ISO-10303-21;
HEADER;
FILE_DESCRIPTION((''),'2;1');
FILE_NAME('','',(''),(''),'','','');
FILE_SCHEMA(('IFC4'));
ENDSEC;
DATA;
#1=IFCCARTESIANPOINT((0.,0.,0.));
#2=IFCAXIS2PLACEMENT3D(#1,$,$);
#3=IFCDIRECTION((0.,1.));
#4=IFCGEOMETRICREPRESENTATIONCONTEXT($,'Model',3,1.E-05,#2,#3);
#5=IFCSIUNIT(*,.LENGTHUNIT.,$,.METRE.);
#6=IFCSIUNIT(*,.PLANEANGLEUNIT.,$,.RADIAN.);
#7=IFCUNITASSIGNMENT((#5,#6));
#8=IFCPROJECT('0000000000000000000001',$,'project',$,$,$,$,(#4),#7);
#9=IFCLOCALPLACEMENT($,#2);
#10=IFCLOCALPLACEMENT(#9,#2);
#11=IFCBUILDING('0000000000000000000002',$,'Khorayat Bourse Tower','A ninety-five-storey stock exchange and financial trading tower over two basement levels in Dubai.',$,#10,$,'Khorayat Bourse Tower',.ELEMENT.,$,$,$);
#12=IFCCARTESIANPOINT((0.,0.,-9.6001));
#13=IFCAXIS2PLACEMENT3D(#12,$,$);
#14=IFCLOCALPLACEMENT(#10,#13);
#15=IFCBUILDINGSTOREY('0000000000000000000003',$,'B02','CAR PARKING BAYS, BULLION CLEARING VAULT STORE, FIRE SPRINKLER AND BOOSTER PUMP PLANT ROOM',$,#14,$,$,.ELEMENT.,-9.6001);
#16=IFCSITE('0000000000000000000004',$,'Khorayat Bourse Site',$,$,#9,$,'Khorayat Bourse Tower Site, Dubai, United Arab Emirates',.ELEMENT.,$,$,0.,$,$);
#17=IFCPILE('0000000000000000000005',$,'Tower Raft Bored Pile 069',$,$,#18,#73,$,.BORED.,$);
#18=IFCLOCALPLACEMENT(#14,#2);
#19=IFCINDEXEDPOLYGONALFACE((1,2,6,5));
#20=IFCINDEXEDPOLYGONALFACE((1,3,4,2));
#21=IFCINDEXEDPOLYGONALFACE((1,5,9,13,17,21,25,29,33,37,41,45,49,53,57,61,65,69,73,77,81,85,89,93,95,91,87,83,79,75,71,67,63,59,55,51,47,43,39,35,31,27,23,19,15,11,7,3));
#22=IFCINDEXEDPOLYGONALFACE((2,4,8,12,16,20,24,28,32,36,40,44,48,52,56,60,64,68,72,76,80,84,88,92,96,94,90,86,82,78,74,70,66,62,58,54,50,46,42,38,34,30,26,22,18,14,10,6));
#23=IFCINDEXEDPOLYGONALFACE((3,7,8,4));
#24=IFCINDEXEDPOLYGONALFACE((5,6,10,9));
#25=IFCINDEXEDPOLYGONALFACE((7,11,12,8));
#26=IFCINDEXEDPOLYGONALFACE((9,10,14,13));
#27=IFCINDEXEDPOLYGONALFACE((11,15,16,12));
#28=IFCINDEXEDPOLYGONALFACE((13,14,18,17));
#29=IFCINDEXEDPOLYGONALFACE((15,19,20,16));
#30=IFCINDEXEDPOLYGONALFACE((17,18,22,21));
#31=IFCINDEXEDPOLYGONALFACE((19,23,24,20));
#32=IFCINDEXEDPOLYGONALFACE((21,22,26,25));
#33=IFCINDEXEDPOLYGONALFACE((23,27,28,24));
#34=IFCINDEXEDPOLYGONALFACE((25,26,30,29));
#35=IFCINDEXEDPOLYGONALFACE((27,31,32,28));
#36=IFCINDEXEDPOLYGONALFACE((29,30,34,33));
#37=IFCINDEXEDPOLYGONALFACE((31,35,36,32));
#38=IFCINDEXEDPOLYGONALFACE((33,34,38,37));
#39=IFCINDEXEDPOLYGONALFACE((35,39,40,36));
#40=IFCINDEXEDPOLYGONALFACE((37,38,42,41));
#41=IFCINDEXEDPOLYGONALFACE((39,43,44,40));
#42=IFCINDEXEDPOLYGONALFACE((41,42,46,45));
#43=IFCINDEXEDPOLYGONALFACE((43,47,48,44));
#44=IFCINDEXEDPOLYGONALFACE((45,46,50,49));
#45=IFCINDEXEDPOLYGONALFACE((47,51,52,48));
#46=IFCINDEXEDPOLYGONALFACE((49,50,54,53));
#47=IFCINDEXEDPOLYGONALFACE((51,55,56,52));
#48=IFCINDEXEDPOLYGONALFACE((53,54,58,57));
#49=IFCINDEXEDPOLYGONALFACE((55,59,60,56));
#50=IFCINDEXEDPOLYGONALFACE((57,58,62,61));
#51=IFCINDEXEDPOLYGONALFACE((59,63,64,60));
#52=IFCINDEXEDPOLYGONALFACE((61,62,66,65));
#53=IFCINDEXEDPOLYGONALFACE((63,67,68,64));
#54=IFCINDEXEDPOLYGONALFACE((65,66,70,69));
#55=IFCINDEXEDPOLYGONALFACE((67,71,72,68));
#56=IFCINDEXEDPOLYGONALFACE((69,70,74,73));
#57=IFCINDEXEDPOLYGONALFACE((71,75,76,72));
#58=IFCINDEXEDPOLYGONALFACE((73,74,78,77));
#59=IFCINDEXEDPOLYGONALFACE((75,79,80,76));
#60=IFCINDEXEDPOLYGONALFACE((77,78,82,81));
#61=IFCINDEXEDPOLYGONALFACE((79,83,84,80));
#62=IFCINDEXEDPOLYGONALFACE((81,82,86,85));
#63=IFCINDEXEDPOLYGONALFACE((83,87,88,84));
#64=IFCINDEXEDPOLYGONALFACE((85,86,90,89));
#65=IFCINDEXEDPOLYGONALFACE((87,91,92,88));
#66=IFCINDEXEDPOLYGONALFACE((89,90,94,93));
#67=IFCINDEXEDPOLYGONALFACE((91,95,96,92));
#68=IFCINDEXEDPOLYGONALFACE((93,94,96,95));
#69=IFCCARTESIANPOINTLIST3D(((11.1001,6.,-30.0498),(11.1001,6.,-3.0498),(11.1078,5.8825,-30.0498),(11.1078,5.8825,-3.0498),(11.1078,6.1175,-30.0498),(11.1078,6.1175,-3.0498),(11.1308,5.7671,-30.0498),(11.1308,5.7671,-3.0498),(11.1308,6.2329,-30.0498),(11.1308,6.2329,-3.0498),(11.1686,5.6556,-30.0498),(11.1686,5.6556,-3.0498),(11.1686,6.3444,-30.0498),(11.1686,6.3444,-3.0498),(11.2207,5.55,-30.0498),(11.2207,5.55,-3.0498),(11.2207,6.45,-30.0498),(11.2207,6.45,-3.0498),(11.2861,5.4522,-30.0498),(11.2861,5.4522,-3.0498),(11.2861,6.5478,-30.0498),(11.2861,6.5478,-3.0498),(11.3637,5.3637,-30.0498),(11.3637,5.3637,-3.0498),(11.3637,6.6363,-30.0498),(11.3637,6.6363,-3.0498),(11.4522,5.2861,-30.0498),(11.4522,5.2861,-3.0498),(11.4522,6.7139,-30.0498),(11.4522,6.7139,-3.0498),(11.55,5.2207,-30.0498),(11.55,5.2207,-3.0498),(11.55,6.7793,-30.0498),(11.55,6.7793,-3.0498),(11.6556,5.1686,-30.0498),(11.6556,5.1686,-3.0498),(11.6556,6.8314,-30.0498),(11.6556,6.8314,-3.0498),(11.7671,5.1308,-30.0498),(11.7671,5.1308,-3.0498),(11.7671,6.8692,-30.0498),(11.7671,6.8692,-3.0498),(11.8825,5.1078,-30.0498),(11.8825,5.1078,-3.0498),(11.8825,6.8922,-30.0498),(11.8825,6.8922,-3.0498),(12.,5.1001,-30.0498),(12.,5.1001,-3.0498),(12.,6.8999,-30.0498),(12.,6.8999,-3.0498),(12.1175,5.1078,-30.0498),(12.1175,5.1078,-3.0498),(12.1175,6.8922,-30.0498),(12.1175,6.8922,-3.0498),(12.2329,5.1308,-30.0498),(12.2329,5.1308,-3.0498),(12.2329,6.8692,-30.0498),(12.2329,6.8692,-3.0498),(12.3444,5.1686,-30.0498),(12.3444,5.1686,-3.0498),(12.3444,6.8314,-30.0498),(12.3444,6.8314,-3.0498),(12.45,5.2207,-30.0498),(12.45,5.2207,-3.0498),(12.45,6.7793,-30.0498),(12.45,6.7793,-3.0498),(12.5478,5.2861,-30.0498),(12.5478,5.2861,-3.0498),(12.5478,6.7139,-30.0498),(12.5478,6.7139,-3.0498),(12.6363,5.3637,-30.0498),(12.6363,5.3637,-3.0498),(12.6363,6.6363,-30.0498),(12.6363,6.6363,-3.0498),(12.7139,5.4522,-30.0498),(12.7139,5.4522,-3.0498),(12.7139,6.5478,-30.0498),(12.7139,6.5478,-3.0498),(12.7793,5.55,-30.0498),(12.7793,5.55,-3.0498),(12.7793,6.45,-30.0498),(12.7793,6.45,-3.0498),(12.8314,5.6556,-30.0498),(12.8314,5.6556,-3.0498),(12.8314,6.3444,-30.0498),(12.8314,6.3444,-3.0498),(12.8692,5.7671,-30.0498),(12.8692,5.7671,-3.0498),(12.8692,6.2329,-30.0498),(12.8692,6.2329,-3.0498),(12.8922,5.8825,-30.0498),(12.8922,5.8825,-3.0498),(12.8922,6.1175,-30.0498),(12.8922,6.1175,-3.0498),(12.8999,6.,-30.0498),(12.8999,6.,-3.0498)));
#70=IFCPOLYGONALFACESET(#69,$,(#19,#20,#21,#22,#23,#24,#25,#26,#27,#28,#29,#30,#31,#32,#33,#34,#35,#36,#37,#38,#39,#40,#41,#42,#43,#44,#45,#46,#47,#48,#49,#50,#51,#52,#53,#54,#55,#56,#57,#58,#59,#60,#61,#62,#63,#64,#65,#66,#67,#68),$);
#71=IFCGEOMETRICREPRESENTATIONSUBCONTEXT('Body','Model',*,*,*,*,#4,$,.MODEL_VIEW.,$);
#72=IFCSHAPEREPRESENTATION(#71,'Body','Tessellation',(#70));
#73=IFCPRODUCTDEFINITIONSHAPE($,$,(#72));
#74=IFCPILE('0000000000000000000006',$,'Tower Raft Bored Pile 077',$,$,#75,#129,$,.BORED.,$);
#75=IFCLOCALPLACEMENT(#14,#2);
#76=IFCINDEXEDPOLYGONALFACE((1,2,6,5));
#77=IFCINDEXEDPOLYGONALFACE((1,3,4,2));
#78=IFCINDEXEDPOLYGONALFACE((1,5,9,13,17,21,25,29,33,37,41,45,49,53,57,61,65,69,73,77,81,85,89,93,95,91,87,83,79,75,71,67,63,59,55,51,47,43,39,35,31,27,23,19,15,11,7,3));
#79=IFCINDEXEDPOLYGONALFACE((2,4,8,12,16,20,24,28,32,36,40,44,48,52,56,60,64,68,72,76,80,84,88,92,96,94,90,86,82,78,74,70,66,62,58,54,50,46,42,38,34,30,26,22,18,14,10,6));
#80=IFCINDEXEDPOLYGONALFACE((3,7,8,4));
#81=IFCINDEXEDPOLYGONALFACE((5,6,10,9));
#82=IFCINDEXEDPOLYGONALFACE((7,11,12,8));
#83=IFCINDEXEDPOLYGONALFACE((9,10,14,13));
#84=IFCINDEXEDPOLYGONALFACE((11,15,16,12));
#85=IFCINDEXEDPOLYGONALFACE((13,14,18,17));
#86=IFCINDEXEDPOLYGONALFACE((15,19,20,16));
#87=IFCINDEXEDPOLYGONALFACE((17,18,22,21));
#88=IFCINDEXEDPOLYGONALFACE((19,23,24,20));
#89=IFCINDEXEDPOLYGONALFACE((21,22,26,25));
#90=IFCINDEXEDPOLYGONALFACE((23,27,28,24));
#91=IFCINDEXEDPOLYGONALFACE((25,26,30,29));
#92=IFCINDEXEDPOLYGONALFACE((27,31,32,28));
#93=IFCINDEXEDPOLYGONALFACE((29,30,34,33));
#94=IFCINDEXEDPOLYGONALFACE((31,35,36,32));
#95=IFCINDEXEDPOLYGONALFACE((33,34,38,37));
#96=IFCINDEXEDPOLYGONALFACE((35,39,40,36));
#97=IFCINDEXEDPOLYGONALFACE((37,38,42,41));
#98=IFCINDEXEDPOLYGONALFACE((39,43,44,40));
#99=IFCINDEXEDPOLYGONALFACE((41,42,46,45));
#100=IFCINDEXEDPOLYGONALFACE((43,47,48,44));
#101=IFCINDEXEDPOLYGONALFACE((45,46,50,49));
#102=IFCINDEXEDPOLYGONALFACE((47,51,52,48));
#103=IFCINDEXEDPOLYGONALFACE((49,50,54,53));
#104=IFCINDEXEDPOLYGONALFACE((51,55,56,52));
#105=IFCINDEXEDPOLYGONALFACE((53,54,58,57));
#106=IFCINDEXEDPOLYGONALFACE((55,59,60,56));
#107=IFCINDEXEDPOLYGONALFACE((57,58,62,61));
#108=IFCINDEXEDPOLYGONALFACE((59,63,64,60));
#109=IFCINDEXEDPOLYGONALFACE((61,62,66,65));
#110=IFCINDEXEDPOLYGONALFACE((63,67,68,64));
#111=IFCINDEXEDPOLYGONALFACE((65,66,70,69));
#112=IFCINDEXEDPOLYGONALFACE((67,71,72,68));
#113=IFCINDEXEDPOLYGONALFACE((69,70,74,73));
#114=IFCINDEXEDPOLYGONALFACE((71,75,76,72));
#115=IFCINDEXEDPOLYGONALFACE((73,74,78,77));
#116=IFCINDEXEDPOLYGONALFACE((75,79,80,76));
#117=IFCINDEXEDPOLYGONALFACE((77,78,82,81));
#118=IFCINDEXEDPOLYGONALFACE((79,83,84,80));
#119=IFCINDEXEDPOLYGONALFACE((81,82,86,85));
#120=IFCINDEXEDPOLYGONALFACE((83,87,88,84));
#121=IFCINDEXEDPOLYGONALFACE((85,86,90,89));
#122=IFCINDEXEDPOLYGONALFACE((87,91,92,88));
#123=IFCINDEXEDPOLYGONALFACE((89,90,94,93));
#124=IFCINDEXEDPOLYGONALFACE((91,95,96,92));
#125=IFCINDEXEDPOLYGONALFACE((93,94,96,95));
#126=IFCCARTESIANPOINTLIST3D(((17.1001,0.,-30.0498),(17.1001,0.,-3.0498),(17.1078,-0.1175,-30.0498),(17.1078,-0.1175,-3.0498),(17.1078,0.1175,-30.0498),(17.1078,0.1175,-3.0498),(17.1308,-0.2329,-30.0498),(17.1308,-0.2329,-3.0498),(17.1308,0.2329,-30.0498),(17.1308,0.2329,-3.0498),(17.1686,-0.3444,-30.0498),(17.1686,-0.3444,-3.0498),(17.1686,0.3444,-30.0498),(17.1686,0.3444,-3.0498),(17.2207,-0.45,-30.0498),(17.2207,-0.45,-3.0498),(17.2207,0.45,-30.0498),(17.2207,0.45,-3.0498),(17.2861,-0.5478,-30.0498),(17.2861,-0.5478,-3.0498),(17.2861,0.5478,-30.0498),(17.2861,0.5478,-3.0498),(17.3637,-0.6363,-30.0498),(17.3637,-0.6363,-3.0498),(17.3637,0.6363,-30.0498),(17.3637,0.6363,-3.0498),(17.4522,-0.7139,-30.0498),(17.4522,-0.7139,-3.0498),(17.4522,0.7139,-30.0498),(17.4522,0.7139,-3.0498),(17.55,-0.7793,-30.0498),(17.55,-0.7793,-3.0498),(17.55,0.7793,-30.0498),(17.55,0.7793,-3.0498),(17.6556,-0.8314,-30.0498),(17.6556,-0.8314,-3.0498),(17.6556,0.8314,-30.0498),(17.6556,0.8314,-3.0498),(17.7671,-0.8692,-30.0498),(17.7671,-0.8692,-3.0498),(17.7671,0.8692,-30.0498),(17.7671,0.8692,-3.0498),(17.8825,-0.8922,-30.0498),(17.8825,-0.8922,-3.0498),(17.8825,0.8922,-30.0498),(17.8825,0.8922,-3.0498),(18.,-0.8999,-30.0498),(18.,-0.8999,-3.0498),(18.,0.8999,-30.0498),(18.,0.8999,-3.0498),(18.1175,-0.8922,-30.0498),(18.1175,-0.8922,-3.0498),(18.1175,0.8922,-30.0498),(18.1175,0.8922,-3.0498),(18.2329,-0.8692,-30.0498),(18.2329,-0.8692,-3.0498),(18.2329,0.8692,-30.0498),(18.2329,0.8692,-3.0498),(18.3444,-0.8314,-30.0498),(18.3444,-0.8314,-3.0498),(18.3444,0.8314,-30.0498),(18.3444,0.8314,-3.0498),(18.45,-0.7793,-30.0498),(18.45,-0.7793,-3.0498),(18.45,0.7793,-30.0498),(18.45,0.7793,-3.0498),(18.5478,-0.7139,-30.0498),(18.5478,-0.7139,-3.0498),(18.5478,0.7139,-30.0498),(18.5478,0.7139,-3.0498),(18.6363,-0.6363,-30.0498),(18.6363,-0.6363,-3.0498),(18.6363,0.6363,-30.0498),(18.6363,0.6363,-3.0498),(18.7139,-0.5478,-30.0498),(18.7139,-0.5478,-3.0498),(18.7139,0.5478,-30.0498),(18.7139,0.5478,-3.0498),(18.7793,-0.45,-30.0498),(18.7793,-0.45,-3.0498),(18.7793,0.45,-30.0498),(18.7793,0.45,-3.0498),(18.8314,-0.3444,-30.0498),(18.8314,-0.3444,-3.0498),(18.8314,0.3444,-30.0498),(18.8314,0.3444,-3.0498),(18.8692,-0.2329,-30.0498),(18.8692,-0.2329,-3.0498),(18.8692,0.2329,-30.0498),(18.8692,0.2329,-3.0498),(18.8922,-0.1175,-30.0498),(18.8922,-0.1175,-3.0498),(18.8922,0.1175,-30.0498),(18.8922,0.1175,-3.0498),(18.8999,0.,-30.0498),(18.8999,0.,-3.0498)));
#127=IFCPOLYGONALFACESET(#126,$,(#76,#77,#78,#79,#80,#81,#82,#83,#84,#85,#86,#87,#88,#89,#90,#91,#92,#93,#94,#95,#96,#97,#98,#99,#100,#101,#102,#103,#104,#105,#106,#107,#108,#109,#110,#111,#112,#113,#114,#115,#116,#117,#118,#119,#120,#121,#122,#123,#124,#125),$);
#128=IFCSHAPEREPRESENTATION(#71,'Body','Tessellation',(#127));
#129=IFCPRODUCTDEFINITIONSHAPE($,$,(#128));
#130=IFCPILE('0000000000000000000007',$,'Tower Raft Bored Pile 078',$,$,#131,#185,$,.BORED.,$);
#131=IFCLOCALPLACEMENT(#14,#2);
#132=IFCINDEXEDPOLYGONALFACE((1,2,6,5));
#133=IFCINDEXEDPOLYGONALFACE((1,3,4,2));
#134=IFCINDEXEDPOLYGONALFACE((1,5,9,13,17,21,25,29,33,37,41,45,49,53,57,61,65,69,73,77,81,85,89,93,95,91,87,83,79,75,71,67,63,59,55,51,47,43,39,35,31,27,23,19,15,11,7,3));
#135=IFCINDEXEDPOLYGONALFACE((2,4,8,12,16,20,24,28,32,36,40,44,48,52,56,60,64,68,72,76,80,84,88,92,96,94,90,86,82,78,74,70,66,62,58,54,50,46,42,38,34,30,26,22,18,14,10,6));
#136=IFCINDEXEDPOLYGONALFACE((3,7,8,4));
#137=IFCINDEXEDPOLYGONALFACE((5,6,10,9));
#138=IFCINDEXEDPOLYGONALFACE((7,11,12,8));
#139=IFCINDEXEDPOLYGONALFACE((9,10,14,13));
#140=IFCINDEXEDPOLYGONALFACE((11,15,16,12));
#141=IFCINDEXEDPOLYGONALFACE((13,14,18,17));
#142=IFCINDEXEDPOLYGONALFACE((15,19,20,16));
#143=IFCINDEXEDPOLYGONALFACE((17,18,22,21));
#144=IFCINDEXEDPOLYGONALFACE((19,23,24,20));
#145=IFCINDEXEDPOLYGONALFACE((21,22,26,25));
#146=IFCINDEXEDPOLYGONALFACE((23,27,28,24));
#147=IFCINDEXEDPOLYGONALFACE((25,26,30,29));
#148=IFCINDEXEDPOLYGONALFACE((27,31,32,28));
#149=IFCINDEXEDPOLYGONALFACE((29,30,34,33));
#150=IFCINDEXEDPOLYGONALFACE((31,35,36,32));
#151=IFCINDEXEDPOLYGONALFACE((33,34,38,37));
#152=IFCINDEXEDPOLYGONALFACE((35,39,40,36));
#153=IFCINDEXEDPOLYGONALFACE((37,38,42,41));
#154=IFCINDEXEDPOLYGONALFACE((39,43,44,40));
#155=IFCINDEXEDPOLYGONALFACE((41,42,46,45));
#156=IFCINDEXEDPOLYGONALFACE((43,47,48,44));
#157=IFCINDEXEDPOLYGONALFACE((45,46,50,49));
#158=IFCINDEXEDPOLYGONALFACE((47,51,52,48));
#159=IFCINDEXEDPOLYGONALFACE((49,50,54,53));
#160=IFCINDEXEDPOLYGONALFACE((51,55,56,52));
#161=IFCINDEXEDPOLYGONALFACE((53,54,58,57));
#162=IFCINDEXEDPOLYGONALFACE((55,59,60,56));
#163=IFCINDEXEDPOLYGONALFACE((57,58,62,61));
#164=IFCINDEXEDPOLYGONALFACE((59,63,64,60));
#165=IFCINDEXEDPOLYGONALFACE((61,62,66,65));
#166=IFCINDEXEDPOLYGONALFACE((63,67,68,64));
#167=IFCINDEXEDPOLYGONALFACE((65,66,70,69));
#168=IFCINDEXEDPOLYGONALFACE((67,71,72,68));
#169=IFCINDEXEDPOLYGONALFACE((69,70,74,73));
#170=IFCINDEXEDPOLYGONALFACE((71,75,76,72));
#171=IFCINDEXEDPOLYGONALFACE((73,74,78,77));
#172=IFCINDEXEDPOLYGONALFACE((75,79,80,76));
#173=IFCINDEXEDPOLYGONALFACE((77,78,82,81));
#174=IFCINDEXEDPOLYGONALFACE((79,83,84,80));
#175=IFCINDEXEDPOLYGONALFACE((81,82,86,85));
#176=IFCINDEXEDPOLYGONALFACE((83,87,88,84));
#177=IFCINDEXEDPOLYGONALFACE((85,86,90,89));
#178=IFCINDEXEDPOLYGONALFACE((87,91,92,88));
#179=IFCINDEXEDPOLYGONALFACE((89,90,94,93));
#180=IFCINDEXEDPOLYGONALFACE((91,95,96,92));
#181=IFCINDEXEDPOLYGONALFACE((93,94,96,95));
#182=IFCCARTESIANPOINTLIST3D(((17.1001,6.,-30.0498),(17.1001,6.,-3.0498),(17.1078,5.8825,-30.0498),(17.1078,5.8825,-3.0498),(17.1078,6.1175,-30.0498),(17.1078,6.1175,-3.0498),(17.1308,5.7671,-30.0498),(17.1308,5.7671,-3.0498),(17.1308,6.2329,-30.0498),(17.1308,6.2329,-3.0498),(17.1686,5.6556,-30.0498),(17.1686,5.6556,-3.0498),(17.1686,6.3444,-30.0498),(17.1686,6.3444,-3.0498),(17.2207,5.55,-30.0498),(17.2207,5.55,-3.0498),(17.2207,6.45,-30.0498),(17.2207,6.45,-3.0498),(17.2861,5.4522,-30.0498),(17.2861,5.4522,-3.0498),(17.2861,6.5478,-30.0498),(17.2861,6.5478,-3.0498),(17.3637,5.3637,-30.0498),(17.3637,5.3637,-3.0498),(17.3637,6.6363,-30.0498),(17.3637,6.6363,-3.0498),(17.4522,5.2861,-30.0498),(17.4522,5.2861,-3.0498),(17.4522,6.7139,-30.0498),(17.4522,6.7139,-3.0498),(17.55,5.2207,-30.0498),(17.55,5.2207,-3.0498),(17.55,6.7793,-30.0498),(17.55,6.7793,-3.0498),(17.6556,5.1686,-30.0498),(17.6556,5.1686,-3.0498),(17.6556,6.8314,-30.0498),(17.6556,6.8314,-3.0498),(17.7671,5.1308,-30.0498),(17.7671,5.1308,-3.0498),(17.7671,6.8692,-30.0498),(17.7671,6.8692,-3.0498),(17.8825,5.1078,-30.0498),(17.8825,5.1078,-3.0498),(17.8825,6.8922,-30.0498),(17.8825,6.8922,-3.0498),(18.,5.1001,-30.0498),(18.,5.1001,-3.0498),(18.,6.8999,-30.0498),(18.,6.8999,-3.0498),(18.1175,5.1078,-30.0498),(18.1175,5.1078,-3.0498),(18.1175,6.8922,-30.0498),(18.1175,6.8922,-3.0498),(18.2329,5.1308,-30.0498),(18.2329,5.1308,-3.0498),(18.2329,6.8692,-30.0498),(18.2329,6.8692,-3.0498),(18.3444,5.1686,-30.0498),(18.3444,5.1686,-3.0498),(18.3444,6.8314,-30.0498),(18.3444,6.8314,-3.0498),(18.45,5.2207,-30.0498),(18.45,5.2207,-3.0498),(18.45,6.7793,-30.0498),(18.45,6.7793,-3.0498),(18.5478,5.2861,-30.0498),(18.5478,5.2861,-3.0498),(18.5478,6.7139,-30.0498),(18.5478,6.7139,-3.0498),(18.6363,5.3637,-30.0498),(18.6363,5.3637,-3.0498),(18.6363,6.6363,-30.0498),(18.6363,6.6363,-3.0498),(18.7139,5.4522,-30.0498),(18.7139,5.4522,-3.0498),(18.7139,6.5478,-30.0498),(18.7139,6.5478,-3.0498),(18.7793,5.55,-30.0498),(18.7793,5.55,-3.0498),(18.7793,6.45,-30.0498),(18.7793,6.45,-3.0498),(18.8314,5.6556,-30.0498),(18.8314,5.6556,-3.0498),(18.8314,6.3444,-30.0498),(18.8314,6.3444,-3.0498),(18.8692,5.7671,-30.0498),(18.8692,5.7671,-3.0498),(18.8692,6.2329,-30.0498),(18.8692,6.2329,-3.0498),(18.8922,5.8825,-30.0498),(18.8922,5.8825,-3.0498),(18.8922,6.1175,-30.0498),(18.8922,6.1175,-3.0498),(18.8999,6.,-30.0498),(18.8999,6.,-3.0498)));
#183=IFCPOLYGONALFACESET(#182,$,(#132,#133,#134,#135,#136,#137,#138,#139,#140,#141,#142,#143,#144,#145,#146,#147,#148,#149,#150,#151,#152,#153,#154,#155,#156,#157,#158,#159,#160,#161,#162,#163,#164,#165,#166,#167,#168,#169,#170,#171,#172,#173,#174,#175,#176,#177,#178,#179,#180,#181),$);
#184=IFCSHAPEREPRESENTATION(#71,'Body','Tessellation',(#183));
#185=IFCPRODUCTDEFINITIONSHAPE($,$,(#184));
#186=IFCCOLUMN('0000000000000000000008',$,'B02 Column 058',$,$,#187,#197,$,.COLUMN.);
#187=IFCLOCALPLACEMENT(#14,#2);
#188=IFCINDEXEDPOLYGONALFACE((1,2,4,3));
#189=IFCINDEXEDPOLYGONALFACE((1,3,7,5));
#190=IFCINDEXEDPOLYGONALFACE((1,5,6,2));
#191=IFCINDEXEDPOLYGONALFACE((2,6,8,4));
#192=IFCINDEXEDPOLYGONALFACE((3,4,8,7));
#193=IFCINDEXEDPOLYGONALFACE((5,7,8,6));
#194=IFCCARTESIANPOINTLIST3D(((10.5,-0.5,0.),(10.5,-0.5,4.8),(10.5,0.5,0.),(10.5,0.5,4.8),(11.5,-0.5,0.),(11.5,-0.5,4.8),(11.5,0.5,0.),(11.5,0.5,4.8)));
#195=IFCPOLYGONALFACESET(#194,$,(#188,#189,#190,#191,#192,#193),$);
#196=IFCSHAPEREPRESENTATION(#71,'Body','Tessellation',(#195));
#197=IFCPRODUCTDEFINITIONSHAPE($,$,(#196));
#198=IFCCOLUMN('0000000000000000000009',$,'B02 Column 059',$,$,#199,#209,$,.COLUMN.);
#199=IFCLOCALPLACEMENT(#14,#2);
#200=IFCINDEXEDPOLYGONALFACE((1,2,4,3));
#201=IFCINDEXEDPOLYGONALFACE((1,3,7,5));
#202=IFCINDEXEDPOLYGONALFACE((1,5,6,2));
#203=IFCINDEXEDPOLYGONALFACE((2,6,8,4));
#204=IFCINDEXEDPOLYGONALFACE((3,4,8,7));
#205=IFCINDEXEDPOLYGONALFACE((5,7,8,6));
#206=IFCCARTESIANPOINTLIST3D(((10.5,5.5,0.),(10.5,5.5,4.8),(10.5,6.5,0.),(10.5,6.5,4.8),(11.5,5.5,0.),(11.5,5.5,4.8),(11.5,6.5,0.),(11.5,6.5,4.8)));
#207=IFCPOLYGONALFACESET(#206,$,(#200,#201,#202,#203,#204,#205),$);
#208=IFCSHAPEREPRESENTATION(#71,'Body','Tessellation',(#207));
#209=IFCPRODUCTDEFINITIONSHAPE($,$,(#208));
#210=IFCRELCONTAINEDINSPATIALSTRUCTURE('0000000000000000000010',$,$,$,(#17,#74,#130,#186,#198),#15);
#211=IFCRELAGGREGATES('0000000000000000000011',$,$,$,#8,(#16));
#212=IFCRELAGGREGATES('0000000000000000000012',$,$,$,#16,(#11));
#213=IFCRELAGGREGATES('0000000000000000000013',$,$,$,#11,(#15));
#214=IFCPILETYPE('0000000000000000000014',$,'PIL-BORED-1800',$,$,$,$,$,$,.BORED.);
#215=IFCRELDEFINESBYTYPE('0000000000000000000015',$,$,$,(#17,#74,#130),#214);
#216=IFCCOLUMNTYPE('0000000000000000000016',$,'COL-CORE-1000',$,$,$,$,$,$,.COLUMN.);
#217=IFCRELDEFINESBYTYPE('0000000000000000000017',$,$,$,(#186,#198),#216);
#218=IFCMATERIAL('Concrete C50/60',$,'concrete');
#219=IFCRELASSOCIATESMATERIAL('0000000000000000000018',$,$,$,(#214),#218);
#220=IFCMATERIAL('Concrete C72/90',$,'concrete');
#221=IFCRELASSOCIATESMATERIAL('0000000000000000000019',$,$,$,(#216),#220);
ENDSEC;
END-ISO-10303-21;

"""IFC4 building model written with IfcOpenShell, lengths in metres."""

from ifc_helpers import new_model, si_unit, direction, frame, origin, origin_2d, place, context, subcontext, project, spatial, rectangle, circle, extrude, source, transform, mapped, material, material_profile, profile_set, type_object, element, save


model = new_model("IFC4")

# Units and contexts
model_context = context("Model", 3, precision=1e-05, world=origin(), true_north=direction((0.0, 1.0)))
body_context = subcontext(model_context, "Body", "Model", "MODEL_VIEW")
ifc_project = project(units=[si_unit("LENGTHUNIT", "METRE"), si_unit("PLANEANGLEUNIT", "RADIAN")], contexts=[model_context])

# Site, building, storey
site_placement = place(None, origin())
site = spatial("IfcSite", under=ifc_project, at=site_placement, Name="Khorayat Bourse Site", LongName="Khorayat Bourse Tower Site, Dubai, United Arab Emirates", CompositionType="ELEMENT", RefElevation=0.0)
building_placement = place(site_placement, origin())
building = spatial("IfcBuilding", under=site, at=building_placement, Name="Khorayat Bourse Tower", Description="A ninety-five-storey stock exchange and financial trading tower over two basement levels in Dubai.", LongName="Khorayat Bourse Tower", CompositionType="ELEMENT")
storey_placement = place(building_placement, frame((0.0, 0.0, -9.6001)))
storey = spatial("IfcBuildingStorey", under=building, at=storey_placement, Name="B02", Description="CAR PARKING BAYS, BULLION CLEARING VAULT STORE, FIRE SPRINKLER AND BOOSTER PUMP PLANT ROOM", CompositionType="ELEMENT", Elevation=-9.6001)

# Piles
ifc_material_1 = material(Name="Concrete C50/60", Category="concrete")
ifc_material_profile_1 = material_profile(ifc_material_1, circle(Radius=0.8999, at=origin_2d()), Name="BORED PILE D1800")
ifc_profile_set_1 = profile_set([ifc_material_profile_1], Name="Concrete C50/60")
pile_type = type_object("IfcPileType", Name="PIL-BORED-1800", PredefinedType="BORED", material=ifc_profile_set_1)
shared_shape_1 = source(origin(), body_context, "Body", "SweptSolid", [
    extrude(circle(Radius=0.8999, at=origin_2d()), origin(), (0.0, 0.0, 1.0), 27.0),
])
for number, where, z_axis, x_axis, name in (
    (1, (12.0, 6.0, -3.0498), (0.0, 0.0, -1.0), (1.0, 0.0, 0.0), "Tower Raft Bored Pile 069"),
    (2, (18.0, 0.0, -3.0498), (0.0, 0.0, -1.0), (1.0, 0.0, 0.0), "Tower Raft Bored Pile 077"),
    (3, (18.0, 6.0, -3.0498), (0.0, 0.0, -1.0), (1.0, 0.0, 0.0), "Tower Raft Bored Pile 078"),
):
    element("IfcPile", number, at=place(storey_placement, frame(where, z_axis=z_axis, x_axis=x_axis)), inside=storey, type_object=pile_type, Name=name, PredefinedType="BORED", context=body_context, shape_type="MappedRepresentation", body=[
        mapped(shared_shape_1, transform((0.0, 0.0, 0.0), scale=1.0)),
    ])

# Columns
ifc_material_2 = material(Name="Concrete C72/90", Category="concrete")
ifc_material_profile_2 = material_profile(ifc_material_2, rectangle(XDim=1.0, YDim=1.0, at=origin_2d()), Name="RC 1000x1000")
ifc_profile_set_2 = profile_set([ifc_material_profile_2], Name="Concrete C72/90")
column_type = type_object("IfcColumnType", Name="COL-CORE-1000", PredefinedType="COLUMN", material=ifc_profile_set_2)
shared_shape_2 = source(origin(), body_context, "Body", "SweptSolid", [
    extrude(rectangle(XDim=1.0, YDim=1.0, at=origin_2d()), origin(), (0.0, 0.0, 1.0), 4.8),
])
for number, where, z_axis, x_axis, name in (
    (4, (11.0, 0.0, 0.0), (0.0, 0.0, 1.0), (1.0, 0.0, 0.0), "B02 Column 058"),
    (5, (11.0, 6.0, 0.0), (0.0, 0.0, 1.0), (1.0, 0.0, 0.0), "B02 Column 059"),
):
    element("IfcColumn", number, at=place(storey_placement, frame(where, z_axis=z_axis, x_axis=x_axis)), inside=storey, type_object=column_type, Name=name, PredefinedType="COLUMN", context=body_context, shape_type="MappedRepresentation", body=[
        mapped(shared_shape_2, transform((0.0, 0.0, 0.0), scale=1.0)),
    ])

save(model, "model.ifc")
